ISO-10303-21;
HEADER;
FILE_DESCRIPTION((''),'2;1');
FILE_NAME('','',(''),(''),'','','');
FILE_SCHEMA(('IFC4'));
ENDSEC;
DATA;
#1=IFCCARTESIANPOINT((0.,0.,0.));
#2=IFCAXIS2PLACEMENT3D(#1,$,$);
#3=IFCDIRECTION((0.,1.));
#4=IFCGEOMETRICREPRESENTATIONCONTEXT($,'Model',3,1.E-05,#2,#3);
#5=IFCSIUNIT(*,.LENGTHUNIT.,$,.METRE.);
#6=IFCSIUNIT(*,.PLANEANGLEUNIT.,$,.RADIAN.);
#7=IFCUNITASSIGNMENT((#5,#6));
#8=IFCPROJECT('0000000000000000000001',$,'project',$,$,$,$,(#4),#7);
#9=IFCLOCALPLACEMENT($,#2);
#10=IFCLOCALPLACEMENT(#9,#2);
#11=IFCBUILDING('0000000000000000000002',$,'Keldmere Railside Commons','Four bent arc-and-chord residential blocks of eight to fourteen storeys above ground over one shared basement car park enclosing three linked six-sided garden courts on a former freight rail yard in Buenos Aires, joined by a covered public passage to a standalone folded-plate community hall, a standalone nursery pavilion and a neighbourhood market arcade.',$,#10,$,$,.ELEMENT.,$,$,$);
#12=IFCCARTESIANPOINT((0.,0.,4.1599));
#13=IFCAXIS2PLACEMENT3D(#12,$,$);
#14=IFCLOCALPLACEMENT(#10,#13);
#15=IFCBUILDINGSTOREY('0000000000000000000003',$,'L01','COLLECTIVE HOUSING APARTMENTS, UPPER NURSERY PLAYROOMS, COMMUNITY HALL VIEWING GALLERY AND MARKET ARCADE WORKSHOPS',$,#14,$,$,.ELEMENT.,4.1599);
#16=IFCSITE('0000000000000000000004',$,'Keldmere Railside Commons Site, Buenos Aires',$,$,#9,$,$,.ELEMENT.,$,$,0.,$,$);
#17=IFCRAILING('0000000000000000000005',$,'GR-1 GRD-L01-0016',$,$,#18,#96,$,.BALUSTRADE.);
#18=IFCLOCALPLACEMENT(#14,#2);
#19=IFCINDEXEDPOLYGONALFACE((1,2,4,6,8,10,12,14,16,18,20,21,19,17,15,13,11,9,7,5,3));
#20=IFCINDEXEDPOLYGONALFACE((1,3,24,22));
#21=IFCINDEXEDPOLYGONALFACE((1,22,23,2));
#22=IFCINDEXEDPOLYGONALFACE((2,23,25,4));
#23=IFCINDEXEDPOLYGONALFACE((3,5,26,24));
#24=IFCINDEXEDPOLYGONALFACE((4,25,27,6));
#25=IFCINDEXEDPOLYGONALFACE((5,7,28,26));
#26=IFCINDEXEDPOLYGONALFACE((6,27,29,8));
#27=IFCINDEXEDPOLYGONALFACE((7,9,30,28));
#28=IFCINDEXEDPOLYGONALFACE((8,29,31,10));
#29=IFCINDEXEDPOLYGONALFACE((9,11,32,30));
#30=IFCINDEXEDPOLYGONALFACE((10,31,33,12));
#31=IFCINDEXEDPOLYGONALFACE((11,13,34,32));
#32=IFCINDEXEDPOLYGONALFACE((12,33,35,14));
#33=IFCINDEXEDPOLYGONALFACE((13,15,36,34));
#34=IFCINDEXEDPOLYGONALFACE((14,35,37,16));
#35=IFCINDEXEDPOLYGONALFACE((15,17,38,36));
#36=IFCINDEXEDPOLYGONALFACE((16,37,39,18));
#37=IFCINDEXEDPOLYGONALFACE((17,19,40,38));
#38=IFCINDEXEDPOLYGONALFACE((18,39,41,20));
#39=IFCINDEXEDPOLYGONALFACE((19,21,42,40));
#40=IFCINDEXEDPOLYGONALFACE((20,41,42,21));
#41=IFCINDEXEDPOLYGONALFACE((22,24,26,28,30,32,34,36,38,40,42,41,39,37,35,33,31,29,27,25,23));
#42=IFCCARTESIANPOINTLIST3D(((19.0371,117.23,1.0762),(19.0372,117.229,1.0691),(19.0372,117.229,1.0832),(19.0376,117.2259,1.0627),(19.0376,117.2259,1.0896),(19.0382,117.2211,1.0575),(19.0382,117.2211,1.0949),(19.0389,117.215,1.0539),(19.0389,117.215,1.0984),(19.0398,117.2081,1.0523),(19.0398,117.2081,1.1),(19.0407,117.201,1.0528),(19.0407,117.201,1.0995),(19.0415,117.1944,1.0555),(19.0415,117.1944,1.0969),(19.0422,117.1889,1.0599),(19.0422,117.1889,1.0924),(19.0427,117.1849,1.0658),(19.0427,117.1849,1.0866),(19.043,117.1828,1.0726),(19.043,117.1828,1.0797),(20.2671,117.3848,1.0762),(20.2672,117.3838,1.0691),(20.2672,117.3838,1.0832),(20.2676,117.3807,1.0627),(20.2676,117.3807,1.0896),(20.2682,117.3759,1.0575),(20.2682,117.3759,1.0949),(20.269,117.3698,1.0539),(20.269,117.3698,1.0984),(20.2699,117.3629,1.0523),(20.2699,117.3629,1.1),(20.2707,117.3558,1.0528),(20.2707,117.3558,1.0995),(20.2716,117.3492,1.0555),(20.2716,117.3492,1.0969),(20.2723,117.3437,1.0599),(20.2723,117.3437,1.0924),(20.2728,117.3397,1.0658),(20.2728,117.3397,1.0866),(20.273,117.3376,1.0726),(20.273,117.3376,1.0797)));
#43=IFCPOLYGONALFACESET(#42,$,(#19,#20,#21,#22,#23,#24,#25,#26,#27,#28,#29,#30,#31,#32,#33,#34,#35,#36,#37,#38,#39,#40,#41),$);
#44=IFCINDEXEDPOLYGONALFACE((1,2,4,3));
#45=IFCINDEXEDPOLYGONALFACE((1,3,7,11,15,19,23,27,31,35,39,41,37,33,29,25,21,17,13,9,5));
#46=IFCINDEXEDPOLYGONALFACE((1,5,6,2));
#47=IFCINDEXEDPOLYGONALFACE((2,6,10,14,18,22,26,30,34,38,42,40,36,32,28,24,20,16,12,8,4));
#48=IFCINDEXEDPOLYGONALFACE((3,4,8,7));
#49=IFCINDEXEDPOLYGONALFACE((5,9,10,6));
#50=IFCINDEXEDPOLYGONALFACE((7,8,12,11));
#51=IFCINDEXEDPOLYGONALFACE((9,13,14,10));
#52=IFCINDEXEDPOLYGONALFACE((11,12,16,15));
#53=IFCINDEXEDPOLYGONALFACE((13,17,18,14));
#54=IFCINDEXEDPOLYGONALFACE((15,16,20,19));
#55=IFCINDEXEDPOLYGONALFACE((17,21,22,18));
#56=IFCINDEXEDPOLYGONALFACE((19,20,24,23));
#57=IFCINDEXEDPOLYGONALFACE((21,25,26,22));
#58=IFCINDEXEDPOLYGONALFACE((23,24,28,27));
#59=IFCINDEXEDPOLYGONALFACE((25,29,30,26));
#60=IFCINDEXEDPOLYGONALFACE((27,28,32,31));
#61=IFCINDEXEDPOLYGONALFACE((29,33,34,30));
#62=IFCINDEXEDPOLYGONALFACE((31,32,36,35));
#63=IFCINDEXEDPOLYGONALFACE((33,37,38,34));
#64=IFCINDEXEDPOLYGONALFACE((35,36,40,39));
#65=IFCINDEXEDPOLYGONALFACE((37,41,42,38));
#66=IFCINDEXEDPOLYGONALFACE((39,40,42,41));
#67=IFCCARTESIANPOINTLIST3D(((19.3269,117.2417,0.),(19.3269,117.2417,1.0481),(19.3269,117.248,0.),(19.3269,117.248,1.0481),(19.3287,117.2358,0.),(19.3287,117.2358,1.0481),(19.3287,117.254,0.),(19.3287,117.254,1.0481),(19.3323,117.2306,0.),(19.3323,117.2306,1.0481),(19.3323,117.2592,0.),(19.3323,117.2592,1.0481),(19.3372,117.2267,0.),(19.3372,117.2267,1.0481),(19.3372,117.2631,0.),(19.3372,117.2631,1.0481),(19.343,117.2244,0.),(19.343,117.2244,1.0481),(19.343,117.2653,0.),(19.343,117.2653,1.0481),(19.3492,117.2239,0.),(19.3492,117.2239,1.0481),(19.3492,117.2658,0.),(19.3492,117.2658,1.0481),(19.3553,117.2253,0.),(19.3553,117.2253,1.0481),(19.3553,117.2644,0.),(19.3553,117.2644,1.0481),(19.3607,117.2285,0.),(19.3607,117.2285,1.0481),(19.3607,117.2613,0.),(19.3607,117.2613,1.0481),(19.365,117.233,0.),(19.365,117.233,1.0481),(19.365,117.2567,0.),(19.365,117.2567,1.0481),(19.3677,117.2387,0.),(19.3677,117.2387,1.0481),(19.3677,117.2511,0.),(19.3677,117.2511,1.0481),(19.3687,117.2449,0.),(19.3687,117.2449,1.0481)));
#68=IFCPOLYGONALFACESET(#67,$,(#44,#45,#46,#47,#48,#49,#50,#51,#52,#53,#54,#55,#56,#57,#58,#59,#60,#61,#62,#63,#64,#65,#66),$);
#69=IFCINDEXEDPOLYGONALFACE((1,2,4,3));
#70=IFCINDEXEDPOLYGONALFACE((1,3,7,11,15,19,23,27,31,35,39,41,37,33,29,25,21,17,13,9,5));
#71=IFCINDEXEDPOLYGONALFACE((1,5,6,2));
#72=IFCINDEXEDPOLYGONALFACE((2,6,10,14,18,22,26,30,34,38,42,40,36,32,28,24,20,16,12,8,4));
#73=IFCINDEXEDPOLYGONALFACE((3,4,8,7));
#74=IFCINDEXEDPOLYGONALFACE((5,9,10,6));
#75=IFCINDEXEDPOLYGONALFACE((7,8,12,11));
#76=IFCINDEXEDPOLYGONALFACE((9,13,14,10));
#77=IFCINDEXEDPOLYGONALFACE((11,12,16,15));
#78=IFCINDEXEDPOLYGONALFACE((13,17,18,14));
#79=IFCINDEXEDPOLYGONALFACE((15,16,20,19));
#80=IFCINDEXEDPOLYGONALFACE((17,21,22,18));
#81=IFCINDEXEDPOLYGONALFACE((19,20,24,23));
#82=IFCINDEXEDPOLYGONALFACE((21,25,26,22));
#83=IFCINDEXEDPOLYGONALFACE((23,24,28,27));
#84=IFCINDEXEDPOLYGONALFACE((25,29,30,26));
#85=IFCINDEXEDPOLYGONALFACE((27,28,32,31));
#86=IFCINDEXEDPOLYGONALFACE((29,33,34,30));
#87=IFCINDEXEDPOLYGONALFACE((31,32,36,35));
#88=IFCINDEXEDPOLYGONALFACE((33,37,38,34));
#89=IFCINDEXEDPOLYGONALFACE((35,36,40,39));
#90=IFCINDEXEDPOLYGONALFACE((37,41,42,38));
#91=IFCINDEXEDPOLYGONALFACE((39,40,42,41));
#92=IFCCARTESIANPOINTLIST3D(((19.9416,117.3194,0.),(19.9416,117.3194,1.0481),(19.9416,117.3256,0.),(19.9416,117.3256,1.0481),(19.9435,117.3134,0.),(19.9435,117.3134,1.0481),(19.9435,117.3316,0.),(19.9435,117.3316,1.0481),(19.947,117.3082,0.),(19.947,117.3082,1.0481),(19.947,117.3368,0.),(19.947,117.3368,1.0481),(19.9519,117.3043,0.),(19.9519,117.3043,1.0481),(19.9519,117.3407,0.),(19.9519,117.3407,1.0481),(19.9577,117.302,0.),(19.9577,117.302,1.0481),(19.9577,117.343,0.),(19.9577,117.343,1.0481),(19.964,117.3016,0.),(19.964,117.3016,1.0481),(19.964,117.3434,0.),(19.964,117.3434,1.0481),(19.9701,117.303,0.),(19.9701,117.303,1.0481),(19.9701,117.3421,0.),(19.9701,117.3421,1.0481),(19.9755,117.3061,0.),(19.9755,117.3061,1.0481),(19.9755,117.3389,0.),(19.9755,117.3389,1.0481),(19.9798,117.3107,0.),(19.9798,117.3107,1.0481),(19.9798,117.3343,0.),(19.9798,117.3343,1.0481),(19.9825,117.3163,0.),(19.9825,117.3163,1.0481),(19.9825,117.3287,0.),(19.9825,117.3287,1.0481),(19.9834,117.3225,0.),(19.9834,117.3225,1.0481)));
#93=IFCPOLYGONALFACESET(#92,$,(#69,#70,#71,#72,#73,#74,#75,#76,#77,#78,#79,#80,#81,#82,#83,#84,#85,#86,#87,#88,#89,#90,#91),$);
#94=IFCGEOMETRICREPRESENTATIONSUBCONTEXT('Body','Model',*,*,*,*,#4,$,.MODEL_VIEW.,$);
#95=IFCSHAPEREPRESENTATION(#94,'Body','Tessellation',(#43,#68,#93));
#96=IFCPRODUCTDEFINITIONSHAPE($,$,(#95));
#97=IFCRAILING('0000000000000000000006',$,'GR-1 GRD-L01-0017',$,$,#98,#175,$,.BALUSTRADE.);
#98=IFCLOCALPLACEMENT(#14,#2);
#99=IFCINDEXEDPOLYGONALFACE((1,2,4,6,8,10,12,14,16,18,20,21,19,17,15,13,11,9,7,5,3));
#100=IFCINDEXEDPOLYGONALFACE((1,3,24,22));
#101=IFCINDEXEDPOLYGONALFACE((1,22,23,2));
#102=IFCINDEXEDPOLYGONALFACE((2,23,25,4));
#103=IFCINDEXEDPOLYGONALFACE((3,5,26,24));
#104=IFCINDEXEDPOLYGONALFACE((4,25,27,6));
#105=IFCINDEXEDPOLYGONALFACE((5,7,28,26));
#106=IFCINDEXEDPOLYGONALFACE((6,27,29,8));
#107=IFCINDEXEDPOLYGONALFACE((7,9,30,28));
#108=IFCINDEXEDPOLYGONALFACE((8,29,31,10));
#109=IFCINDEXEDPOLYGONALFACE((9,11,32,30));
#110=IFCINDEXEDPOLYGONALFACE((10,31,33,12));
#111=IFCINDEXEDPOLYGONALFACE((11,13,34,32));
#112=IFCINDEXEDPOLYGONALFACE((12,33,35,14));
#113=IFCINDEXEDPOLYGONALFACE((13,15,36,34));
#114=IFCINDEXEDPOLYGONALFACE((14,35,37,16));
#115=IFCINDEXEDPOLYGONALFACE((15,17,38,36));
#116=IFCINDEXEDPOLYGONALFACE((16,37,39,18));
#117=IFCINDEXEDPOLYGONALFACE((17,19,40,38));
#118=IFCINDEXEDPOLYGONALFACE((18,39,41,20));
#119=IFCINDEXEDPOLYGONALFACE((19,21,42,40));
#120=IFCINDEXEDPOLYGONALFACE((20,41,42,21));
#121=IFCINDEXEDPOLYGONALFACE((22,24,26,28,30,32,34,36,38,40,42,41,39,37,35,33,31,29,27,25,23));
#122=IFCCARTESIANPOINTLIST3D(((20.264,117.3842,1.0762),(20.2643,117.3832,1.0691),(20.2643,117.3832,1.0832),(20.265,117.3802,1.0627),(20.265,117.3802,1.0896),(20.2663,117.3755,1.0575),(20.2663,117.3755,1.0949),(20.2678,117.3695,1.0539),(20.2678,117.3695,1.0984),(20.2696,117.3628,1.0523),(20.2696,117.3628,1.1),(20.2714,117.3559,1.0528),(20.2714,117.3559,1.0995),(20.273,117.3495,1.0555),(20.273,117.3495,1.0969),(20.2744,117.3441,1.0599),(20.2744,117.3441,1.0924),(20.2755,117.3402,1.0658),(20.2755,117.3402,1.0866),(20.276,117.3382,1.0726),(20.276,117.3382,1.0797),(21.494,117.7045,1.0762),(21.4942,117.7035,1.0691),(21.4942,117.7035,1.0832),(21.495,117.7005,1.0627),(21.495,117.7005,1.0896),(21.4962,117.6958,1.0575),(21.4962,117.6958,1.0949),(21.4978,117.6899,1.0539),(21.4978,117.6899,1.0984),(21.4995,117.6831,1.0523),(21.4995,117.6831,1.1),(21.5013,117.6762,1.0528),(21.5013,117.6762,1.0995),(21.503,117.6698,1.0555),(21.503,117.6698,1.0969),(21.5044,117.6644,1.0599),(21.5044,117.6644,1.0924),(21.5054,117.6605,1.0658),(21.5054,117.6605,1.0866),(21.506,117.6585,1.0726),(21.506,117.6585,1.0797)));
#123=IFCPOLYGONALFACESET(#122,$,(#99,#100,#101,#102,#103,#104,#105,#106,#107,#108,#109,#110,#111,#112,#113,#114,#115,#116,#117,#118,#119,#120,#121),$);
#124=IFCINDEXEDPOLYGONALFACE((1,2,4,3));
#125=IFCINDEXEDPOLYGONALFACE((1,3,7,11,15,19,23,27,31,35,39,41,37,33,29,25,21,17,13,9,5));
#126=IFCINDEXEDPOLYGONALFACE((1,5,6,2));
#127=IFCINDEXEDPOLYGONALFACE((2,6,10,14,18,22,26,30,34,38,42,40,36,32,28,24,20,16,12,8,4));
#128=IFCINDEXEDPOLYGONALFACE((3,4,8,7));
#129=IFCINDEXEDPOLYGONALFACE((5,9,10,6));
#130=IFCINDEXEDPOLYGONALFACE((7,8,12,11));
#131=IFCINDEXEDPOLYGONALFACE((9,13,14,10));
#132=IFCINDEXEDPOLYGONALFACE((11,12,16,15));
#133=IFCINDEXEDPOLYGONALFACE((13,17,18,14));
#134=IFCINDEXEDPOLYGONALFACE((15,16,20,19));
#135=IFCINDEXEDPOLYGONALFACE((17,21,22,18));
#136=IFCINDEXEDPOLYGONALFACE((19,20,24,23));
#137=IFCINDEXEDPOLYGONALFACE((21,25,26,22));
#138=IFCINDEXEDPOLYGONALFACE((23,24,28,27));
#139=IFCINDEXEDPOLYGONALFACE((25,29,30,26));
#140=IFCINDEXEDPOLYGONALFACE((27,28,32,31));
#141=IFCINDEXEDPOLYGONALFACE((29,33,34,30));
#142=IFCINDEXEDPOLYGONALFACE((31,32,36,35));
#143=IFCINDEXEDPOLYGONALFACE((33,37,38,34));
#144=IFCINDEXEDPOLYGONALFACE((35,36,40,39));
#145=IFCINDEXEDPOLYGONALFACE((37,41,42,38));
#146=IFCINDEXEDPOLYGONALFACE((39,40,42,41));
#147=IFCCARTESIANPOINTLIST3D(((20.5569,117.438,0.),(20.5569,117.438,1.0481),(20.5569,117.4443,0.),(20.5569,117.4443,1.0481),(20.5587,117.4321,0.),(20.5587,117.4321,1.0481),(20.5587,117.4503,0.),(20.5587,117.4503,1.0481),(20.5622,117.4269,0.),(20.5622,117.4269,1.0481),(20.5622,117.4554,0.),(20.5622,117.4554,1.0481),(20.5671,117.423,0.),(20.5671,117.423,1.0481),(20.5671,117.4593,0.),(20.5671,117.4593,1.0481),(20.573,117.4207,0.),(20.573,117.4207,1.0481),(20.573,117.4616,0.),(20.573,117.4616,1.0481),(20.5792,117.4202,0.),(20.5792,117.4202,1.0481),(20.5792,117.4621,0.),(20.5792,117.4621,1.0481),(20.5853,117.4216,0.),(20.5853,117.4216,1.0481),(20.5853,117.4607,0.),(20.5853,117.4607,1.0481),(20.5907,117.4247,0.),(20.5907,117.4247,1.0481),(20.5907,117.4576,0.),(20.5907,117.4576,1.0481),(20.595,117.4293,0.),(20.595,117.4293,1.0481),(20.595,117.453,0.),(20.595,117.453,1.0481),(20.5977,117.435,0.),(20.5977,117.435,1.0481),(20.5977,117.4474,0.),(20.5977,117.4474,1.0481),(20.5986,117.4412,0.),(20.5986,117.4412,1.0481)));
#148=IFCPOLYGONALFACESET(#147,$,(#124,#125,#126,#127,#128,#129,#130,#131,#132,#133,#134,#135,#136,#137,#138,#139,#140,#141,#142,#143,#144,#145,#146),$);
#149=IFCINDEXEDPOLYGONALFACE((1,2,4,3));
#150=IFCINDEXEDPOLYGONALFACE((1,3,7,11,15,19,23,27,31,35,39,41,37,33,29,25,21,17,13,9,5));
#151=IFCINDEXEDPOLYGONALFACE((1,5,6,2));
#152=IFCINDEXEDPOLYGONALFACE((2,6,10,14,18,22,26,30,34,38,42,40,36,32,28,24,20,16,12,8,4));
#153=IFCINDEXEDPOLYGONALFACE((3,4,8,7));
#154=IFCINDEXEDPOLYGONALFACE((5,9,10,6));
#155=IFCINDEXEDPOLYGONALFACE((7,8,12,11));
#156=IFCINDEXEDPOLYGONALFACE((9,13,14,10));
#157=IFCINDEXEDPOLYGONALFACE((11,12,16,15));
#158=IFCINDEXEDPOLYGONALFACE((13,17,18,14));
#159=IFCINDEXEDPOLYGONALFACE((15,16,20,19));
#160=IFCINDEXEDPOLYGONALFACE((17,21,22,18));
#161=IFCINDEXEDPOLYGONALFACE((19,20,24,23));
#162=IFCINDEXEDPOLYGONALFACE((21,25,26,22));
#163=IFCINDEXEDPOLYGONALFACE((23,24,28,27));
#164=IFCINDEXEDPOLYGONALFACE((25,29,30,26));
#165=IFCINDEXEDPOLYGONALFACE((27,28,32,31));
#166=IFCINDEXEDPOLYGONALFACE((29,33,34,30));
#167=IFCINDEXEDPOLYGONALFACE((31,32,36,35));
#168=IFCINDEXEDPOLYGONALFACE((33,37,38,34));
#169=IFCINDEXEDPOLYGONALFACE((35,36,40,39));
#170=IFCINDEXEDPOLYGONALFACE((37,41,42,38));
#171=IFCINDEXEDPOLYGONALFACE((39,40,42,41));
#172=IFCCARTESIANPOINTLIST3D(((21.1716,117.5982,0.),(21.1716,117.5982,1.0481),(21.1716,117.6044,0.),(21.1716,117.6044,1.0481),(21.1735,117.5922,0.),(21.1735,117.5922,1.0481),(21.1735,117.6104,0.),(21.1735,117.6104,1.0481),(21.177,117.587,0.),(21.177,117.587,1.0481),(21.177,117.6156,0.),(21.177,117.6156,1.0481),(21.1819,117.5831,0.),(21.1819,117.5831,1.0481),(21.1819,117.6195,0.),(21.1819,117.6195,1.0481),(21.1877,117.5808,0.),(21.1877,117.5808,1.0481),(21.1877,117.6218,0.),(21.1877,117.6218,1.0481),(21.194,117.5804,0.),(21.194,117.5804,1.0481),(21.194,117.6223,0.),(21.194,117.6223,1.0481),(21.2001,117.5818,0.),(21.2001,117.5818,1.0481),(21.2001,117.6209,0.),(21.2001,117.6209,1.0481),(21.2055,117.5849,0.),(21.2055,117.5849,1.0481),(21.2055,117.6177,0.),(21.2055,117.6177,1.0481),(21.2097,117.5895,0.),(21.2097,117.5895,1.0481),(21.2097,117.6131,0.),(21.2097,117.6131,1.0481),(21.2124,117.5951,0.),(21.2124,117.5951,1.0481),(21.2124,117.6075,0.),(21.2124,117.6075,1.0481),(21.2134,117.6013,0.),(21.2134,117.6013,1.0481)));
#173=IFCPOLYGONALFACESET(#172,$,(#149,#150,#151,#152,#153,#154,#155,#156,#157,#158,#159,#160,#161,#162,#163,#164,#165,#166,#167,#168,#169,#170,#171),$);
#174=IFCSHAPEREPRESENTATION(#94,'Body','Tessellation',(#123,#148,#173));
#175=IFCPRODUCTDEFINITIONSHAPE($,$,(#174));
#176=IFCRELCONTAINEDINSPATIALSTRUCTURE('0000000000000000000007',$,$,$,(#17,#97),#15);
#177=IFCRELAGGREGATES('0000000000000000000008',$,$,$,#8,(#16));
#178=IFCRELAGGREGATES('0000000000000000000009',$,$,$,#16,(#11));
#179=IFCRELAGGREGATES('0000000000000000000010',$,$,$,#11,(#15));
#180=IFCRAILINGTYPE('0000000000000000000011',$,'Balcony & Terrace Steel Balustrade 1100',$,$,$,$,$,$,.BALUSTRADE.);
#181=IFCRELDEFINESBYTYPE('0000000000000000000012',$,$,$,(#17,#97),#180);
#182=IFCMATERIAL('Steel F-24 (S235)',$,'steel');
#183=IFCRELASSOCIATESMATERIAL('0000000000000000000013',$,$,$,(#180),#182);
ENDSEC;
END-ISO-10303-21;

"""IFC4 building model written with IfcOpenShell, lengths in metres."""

from ifc_helpers import new_model, si_unit, direction, frame, origin, origin_2d, place, context, subcontext, project, spatial, circle, extrude, material, type_object, element, save


model = new_model("IFC4")

# Units and contexts
model_context = context("Model", 3, precision=1e-05, world=origin(), true_north=direction((0.0, 1.0)))
body_context = subcontext(model_context, "Body", "Model", "MODEL_VIEW")
ifc_project = project(units=[si_unit("LENGTHUNIT", "METRE"), si_unit("PLANEANGLEUNIT", "RADIAN")], contexts=[model_context])

# Site, building, storey
site_placement = place(None, origin())
site = spatial("IfcSite", under=ifc_project, at=site_placement, Name="Keldmere Railside Commons Site, Buenos Aires", CompositionType="ELEMENT", RefElevation=0.0)
building_placement = place(site_placement, origin())
building = spatial("IfcBuilding", under=site, at=building_placement, Name="Keldmere Railside Commons", Description="Four bent arc-and-chord residential blocks of eight to fourteen storeys above ground over one shared basement car park enclosing three linked six-sided garden courts on a former freight rail yard in Buenos Aires, joined by a covered public passage to a standalone folded-plate community hall, a standalone nursery pavilion and a neighbourhood market arcade.", CompositionType="ELEMENT")
storey_placement = place(building_placement, frame((0.0, 0.0, 4.1599)))
storey = spatial("IfcBuildingStorey", under=building, at=storey_placement, Name="L01", Description="COLLECTIVE HOUSING APARTMENTS, UPPER NURSERY PLAYROOMS, COMMUNITY HALL VIEWING GALLERY AND MARKET ARCADE WORKSHOPS", CompositionType="ELEMENT", Elevation=4.1599)

# Railings
ifc_material_1 = material(Name="Steel F-24 (S235)", Category="steel")
railing_type = type_object("IfcRailingType", Name="Balcony & Terrace Steel Balustrade 1100", PredefinedType="BALUSTRADE", material=ifc_material_1)
railing_1_placement = place(storey_placement, frame((19.04, 117.2063, 0.0)))
element("IfcRailing", 1, at=railing_1_placement, inside=storey, type_object=railing_type, Name="GR-1 GRD-L01-0016", PredefinedType="BALUSTRADE", context=body_context, shape_type="SweptSolid", body=[
    extrude(circle(Radius=0.0239, at=origin_2d()), frame((0.0, 0.0, 1.0762), z_axis=(0.992175, 0.124859, 0.0), x_axis=(-0.124859, 0.992175, 0.0)), (0.0, 0.0, 1.0), 1.2397),
    extrude(circle(Radius=0.021, at=origin_2d()), frame((0.3076, 0.0386, 0.0)), (0.0, 0.0, 1.0), 1.0481),
    extrude(circle(Radius=0.021, at=origin_2d()), frame((0.9224, 0.1162, 0.0)), (0.0, 0.0, 1.0), 1.0481),
])
railing_2_placement = place(storey_placement, frame((20.27, 117.3611, 0.0)))
element("IfcRailing", 2, at=railing_2_placement, inside=storey, type_object=railing_type, Name="GR-1 GRD-L01-0017", PredefinedType="BALUSTRADE", context=body_context, shape_type="SweptSolid", body=[
    extrude(circle(Radius=0.0239, at=origin_2d()), frame((0.0, 0.0, 1.0762), z_axis=(0.967723, 0.252015, 0.0), x_axis=(-0.252015, 0.967723, 0.0)), (0.0, 0.0, 1.0), 1.271),
    extrude(circle(Radius=0.021, at=origin_2d()), frame((0.3076, 0.0801, 0.0)), (0.0, 0.0, 1.0), 1.0481),
    extrude(circle(Radius=0.021, at=origin_2d()), frame((0.9224, 0.2402, 0.0)), (0.0, 0.0, 1.0), 1.0481),
])

save(model, "model.ifc")
